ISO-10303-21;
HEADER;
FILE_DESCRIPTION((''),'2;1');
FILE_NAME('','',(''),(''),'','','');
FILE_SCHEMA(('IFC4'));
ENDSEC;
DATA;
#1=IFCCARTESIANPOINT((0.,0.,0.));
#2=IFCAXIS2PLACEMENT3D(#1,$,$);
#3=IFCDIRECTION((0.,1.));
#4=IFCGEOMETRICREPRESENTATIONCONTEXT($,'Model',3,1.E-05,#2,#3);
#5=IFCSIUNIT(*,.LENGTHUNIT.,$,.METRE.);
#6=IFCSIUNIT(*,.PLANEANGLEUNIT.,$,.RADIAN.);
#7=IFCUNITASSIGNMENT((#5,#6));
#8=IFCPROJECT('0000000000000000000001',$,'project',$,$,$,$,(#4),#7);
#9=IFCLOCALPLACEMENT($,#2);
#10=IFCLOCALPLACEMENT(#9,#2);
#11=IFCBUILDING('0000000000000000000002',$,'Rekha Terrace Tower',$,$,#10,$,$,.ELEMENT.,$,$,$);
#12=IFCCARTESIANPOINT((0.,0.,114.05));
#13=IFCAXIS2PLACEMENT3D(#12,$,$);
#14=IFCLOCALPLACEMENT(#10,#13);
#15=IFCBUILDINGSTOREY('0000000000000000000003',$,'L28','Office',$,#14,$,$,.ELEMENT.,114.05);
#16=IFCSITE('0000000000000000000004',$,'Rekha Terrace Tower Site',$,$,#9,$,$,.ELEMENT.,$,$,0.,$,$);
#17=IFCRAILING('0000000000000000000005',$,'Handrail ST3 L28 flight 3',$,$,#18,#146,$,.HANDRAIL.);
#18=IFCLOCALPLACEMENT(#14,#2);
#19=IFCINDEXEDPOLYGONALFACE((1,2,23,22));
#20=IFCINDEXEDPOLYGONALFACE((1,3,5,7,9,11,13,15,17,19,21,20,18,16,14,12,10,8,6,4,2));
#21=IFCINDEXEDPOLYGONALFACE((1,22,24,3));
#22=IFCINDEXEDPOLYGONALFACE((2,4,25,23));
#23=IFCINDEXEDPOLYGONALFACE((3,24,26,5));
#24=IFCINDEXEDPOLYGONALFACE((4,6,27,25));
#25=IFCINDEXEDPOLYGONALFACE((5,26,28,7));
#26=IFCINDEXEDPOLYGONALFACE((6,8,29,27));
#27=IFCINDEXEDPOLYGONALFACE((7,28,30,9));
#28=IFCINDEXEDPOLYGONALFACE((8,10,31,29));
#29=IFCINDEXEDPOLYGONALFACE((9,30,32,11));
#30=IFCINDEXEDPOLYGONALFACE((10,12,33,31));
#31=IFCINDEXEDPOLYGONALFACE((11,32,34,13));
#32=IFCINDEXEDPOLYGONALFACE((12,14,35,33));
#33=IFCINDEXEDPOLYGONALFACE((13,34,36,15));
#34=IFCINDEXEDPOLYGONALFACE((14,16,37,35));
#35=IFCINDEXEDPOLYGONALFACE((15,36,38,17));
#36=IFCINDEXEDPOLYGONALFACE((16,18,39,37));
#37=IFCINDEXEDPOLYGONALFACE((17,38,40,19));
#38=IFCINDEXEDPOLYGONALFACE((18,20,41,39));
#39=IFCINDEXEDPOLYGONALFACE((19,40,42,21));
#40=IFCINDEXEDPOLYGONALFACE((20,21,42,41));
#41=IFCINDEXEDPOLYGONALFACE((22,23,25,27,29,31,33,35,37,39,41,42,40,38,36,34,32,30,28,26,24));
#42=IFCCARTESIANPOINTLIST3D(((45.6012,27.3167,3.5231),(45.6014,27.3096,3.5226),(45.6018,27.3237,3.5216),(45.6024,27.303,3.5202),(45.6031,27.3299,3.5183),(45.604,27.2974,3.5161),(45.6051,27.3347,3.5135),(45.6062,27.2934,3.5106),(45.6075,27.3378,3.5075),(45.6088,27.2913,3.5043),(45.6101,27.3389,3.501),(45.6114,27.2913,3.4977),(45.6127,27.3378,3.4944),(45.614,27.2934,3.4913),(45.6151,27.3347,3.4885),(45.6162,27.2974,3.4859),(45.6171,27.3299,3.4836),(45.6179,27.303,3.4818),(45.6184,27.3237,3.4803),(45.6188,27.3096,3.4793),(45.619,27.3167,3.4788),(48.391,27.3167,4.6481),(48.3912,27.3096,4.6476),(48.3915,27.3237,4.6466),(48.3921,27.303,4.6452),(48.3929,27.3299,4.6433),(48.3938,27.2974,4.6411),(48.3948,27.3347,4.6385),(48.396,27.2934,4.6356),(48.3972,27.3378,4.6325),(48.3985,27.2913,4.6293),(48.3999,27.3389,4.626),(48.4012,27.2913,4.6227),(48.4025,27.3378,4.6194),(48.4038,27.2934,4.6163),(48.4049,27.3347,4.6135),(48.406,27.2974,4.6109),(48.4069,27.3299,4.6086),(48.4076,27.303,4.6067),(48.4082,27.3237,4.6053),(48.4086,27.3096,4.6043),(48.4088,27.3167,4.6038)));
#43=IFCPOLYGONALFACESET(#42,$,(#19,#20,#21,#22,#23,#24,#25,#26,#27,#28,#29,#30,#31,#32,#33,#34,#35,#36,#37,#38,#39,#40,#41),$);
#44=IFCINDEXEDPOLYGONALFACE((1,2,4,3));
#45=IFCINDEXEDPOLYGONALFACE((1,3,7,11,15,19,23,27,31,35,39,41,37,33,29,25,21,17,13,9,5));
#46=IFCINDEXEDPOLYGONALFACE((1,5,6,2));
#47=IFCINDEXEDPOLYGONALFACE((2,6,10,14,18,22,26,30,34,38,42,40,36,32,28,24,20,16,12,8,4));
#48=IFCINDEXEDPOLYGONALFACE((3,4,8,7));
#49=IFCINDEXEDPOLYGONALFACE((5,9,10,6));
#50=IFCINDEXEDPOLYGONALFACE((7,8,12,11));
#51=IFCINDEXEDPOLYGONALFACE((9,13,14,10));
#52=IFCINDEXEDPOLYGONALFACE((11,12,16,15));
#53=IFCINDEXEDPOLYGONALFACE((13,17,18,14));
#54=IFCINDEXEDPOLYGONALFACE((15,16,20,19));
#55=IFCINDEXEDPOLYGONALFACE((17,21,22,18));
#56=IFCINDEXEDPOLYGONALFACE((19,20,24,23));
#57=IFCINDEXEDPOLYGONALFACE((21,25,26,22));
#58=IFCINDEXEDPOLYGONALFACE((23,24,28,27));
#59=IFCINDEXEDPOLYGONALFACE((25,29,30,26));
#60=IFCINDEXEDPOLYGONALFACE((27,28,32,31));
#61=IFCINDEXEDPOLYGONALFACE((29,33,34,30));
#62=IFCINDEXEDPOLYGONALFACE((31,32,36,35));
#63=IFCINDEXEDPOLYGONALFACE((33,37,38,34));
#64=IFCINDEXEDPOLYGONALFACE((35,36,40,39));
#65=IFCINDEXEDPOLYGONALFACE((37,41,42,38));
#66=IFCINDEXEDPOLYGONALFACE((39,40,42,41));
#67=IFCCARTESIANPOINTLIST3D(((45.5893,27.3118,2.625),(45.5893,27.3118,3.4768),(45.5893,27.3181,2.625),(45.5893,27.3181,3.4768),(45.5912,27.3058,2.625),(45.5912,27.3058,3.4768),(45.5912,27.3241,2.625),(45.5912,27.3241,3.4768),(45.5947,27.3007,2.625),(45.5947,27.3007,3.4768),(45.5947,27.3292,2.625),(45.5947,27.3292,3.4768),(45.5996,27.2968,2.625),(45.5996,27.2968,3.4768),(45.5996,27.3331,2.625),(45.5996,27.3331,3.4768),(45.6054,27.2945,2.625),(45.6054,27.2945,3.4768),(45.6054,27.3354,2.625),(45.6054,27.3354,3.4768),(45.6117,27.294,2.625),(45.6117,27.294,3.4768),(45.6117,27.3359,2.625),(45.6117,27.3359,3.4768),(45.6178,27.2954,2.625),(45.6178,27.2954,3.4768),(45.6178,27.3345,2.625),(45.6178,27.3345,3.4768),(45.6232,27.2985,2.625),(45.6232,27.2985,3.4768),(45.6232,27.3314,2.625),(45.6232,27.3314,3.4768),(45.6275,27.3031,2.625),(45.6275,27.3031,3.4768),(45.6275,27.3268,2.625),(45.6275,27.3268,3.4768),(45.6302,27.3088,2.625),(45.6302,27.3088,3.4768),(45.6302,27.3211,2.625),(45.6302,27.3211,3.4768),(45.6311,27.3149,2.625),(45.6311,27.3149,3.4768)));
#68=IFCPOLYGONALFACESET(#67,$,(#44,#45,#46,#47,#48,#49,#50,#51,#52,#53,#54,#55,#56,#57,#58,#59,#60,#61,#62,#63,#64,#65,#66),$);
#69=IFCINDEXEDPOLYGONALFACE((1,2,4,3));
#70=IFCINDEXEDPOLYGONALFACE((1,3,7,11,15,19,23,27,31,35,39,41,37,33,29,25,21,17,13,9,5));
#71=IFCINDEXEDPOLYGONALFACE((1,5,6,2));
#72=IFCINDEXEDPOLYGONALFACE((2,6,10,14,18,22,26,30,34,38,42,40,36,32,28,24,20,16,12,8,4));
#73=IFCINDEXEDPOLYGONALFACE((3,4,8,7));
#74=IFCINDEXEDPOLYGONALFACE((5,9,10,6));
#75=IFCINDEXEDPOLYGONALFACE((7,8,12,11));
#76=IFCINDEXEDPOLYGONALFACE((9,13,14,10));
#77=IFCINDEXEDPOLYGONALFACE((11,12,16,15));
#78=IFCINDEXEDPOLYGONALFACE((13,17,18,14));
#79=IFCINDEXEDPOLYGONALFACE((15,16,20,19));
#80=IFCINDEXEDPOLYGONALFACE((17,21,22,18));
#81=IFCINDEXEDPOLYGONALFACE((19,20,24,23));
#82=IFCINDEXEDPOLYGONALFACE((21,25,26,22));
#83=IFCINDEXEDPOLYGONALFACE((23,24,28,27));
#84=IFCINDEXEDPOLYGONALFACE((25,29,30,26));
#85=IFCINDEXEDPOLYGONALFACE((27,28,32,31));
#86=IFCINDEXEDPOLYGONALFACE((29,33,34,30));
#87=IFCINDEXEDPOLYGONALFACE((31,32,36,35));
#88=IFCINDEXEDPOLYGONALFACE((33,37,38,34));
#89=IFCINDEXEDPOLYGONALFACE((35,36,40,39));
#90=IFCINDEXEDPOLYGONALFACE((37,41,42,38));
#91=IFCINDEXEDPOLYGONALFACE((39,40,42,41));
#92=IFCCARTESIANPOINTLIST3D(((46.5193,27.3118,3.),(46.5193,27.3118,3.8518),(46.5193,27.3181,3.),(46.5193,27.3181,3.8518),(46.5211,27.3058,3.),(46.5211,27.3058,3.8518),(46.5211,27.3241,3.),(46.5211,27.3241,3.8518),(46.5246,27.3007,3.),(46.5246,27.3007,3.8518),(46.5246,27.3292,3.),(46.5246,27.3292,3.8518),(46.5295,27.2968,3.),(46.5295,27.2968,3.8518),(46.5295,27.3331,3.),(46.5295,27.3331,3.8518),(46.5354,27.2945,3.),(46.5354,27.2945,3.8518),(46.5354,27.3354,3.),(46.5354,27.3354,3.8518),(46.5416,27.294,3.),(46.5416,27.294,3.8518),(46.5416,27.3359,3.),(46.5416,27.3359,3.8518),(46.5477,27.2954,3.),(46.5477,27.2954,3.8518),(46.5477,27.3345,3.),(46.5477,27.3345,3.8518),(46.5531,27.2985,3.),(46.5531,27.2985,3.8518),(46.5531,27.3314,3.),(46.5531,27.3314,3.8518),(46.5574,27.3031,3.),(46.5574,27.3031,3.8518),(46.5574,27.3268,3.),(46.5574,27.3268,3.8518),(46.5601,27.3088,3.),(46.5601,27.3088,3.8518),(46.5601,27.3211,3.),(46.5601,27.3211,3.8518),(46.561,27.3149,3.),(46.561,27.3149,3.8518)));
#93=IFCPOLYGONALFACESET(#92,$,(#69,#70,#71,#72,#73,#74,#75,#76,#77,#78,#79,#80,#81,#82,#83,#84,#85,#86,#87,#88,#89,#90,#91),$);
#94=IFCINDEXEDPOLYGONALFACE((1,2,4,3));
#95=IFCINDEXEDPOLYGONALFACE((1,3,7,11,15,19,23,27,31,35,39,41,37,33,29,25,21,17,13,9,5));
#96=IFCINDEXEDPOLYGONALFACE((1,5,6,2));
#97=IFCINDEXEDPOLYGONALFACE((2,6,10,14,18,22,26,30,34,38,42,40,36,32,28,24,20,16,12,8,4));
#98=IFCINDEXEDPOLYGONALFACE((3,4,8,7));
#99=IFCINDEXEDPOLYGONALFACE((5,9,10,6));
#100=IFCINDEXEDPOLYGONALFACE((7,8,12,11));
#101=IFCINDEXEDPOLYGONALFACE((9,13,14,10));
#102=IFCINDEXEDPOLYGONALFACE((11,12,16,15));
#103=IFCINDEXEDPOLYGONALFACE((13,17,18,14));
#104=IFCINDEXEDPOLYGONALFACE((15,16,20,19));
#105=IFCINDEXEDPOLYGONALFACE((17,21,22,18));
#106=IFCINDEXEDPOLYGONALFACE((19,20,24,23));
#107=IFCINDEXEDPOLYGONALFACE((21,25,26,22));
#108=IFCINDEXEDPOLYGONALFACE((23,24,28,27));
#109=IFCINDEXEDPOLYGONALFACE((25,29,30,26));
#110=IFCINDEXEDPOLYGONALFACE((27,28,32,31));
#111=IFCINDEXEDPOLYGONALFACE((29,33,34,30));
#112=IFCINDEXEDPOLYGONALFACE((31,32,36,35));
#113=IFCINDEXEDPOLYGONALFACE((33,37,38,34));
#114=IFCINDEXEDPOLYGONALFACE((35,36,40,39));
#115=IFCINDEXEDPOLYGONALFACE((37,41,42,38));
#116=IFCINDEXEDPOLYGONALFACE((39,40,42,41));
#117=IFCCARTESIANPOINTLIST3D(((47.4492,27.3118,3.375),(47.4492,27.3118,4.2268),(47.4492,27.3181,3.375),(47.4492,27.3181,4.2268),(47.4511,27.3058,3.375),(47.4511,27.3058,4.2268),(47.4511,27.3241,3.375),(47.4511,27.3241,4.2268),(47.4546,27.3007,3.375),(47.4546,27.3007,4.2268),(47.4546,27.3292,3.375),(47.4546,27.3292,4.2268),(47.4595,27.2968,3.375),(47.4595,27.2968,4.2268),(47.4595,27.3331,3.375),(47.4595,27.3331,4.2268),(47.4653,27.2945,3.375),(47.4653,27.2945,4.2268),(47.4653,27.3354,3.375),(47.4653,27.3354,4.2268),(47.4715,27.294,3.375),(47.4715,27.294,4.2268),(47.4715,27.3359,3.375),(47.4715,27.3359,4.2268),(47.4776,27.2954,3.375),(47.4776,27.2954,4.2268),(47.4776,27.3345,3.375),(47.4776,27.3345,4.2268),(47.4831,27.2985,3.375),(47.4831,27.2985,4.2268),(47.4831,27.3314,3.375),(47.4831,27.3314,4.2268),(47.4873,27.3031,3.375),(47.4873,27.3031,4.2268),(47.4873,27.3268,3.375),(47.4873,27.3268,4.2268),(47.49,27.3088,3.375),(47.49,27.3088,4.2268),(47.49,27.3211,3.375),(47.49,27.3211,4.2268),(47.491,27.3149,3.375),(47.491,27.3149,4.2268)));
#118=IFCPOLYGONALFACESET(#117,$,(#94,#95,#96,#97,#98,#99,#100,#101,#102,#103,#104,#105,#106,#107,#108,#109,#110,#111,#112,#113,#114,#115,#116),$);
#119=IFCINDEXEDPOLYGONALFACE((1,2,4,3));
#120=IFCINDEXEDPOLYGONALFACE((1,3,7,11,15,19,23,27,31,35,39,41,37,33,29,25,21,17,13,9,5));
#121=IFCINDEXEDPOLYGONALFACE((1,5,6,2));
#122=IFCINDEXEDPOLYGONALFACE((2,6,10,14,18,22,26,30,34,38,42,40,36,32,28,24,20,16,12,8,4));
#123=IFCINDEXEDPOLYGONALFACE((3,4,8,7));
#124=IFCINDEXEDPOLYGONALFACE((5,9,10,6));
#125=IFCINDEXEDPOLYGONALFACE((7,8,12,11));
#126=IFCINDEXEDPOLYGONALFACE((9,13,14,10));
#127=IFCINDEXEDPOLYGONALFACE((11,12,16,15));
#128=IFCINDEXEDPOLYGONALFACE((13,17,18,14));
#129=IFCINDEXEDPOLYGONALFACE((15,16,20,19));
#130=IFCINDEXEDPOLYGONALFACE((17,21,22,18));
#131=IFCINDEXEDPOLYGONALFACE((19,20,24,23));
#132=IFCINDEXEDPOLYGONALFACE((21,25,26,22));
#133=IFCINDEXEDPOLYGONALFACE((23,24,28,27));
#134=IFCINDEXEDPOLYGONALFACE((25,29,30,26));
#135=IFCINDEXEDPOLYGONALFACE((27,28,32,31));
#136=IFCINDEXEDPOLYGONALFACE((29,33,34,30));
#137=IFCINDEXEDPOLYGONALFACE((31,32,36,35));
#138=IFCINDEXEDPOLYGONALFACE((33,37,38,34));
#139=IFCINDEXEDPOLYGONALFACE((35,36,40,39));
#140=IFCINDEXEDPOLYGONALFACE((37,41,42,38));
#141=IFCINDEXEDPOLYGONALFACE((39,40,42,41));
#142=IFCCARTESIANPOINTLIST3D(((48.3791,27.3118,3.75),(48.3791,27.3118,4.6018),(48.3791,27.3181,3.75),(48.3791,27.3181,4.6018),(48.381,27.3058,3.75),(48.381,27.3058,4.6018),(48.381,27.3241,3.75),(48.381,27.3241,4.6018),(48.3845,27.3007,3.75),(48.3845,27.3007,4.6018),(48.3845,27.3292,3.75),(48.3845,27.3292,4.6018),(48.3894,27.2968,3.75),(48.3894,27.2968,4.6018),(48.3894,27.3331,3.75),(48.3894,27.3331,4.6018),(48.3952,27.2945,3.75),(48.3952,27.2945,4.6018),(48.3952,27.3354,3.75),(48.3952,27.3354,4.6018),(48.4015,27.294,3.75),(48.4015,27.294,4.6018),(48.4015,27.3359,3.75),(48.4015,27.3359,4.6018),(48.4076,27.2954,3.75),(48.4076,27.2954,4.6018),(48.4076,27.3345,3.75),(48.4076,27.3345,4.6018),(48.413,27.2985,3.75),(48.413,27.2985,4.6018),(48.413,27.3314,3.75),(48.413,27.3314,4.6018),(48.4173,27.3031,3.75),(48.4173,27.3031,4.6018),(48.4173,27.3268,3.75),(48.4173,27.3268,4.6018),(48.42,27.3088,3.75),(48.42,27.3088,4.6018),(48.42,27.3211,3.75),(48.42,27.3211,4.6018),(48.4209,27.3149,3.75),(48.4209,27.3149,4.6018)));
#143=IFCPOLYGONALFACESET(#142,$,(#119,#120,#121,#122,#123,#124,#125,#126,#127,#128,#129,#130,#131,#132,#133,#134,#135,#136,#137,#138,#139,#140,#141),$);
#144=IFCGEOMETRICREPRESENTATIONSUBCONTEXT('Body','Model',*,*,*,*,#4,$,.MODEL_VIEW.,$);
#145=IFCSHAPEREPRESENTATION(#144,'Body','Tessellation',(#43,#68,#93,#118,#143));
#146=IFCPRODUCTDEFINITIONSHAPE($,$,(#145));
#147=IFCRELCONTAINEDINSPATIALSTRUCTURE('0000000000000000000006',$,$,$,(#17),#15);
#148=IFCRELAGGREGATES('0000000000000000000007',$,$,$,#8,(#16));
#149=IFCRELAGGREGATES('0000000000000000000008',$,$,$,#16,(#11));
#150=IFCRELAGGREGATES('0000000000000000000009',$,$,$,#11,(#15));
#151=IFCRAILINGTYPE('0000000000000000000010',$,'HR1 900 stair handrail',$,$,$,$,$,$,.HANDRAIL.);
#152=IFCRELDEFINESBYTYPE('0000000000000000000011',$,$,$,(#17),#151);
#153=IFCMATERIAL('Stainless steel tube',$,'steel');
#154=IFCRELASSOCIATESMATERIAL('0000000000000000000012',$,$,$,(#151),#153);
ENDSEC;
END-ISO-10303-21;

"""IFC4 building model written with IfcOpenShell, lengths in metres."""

from ifc_helpers import new_model, si_unit, direction, frame, origin, origin_2d, place, context, subcontext, project, spatial, circle, extrude, material, type_object, element, save


model = new_model("IFC4")

# Units and contexts
model_context = context("Model", 3, precision=1e-05, world=origin(), true_north=direction((0.0, 1.0)))
body_context = subcontext(model_context, "Body", "Model", "MODEL_VIEW")
ifc_project = project(units=[si_unit("LENGTHUNIT", "METRE"), si_unit("PLANEANGLEUNIT", "RADIAN")], contexts=[model_context])

# Site, building, storey
site_placement = place(None, origin())
site = spatial("IfcSite", under=ifc_project, at=site_placement, Name="Rekha Terrace Tower Site", CompositionType="ELEMENT", RefElevation=0.0)
building_placement = place(site_placement, origin())
building = spatial("IfcBuilding", under=site, at=building_placement, Name="Rekha Terrace Tower", CompositionType="ELEMENT")
storey_placement = place(building_placement, frame((0.0, 0.0, 114.05)))
storey = spatial("IfcBuildingStorey", under=building, at=storey_placement, Name="L28", Description="Office", CompositionType="ELEMENT", Elevation=114.05)

# Railing
ifc_material_1 = material(Name="Stainless steel tube", Category="steel")
railing_type_1 = type_object("IfcRailingType", Name="HR1 900 stair handrail", PredefinedType="HANDRAIL", material=ifc_material_1)
railing_1_placement = place(storey_placement, frame((45.6101, 27.3149, 2.625)))
element("IfcRailing", 1, at=railing_1_placement, inside=storey, type_object=railing_type_1, Name="Handrail ST3 L28 flight 3", PredefinedType="HANDRAIL", context=body_context, shape_type="SweptSolid", body=[
    extrude(circle(Radius=0.0239, at=origin_2d()), frame((0.0, 0.0, 0.876), z_axis=(0.927432, 0.0, 0.373992), x_axis=(0.0, 1.0, 0.0)), (0.0, 0.0, 1.0), 3.0081),
    extrude(circle(Radius=0.021, at=origin_2d()), origin(), (0.0, 0.0, 1.0), 0.8518),
    extrude(circle(Radius=0.021, at=origin_2d()), frame((0.9299, 0.0, 0.375)), (0.0, 0.0, 1.0), 0.8518),
    extrude(circle(Radius=0.021, at=origin_2d()), frame((1.8599, 0.0, 0.75)), (0.0, 0.0, 1.0), 0.8518),
    extrude(circle(Radius=0.021, at=origin_2d()), frame((2.7898, 0.0, 1.125)), (0.0, 0.0, 1.0), 0.8518),
])

save(model, "model.ifc")
